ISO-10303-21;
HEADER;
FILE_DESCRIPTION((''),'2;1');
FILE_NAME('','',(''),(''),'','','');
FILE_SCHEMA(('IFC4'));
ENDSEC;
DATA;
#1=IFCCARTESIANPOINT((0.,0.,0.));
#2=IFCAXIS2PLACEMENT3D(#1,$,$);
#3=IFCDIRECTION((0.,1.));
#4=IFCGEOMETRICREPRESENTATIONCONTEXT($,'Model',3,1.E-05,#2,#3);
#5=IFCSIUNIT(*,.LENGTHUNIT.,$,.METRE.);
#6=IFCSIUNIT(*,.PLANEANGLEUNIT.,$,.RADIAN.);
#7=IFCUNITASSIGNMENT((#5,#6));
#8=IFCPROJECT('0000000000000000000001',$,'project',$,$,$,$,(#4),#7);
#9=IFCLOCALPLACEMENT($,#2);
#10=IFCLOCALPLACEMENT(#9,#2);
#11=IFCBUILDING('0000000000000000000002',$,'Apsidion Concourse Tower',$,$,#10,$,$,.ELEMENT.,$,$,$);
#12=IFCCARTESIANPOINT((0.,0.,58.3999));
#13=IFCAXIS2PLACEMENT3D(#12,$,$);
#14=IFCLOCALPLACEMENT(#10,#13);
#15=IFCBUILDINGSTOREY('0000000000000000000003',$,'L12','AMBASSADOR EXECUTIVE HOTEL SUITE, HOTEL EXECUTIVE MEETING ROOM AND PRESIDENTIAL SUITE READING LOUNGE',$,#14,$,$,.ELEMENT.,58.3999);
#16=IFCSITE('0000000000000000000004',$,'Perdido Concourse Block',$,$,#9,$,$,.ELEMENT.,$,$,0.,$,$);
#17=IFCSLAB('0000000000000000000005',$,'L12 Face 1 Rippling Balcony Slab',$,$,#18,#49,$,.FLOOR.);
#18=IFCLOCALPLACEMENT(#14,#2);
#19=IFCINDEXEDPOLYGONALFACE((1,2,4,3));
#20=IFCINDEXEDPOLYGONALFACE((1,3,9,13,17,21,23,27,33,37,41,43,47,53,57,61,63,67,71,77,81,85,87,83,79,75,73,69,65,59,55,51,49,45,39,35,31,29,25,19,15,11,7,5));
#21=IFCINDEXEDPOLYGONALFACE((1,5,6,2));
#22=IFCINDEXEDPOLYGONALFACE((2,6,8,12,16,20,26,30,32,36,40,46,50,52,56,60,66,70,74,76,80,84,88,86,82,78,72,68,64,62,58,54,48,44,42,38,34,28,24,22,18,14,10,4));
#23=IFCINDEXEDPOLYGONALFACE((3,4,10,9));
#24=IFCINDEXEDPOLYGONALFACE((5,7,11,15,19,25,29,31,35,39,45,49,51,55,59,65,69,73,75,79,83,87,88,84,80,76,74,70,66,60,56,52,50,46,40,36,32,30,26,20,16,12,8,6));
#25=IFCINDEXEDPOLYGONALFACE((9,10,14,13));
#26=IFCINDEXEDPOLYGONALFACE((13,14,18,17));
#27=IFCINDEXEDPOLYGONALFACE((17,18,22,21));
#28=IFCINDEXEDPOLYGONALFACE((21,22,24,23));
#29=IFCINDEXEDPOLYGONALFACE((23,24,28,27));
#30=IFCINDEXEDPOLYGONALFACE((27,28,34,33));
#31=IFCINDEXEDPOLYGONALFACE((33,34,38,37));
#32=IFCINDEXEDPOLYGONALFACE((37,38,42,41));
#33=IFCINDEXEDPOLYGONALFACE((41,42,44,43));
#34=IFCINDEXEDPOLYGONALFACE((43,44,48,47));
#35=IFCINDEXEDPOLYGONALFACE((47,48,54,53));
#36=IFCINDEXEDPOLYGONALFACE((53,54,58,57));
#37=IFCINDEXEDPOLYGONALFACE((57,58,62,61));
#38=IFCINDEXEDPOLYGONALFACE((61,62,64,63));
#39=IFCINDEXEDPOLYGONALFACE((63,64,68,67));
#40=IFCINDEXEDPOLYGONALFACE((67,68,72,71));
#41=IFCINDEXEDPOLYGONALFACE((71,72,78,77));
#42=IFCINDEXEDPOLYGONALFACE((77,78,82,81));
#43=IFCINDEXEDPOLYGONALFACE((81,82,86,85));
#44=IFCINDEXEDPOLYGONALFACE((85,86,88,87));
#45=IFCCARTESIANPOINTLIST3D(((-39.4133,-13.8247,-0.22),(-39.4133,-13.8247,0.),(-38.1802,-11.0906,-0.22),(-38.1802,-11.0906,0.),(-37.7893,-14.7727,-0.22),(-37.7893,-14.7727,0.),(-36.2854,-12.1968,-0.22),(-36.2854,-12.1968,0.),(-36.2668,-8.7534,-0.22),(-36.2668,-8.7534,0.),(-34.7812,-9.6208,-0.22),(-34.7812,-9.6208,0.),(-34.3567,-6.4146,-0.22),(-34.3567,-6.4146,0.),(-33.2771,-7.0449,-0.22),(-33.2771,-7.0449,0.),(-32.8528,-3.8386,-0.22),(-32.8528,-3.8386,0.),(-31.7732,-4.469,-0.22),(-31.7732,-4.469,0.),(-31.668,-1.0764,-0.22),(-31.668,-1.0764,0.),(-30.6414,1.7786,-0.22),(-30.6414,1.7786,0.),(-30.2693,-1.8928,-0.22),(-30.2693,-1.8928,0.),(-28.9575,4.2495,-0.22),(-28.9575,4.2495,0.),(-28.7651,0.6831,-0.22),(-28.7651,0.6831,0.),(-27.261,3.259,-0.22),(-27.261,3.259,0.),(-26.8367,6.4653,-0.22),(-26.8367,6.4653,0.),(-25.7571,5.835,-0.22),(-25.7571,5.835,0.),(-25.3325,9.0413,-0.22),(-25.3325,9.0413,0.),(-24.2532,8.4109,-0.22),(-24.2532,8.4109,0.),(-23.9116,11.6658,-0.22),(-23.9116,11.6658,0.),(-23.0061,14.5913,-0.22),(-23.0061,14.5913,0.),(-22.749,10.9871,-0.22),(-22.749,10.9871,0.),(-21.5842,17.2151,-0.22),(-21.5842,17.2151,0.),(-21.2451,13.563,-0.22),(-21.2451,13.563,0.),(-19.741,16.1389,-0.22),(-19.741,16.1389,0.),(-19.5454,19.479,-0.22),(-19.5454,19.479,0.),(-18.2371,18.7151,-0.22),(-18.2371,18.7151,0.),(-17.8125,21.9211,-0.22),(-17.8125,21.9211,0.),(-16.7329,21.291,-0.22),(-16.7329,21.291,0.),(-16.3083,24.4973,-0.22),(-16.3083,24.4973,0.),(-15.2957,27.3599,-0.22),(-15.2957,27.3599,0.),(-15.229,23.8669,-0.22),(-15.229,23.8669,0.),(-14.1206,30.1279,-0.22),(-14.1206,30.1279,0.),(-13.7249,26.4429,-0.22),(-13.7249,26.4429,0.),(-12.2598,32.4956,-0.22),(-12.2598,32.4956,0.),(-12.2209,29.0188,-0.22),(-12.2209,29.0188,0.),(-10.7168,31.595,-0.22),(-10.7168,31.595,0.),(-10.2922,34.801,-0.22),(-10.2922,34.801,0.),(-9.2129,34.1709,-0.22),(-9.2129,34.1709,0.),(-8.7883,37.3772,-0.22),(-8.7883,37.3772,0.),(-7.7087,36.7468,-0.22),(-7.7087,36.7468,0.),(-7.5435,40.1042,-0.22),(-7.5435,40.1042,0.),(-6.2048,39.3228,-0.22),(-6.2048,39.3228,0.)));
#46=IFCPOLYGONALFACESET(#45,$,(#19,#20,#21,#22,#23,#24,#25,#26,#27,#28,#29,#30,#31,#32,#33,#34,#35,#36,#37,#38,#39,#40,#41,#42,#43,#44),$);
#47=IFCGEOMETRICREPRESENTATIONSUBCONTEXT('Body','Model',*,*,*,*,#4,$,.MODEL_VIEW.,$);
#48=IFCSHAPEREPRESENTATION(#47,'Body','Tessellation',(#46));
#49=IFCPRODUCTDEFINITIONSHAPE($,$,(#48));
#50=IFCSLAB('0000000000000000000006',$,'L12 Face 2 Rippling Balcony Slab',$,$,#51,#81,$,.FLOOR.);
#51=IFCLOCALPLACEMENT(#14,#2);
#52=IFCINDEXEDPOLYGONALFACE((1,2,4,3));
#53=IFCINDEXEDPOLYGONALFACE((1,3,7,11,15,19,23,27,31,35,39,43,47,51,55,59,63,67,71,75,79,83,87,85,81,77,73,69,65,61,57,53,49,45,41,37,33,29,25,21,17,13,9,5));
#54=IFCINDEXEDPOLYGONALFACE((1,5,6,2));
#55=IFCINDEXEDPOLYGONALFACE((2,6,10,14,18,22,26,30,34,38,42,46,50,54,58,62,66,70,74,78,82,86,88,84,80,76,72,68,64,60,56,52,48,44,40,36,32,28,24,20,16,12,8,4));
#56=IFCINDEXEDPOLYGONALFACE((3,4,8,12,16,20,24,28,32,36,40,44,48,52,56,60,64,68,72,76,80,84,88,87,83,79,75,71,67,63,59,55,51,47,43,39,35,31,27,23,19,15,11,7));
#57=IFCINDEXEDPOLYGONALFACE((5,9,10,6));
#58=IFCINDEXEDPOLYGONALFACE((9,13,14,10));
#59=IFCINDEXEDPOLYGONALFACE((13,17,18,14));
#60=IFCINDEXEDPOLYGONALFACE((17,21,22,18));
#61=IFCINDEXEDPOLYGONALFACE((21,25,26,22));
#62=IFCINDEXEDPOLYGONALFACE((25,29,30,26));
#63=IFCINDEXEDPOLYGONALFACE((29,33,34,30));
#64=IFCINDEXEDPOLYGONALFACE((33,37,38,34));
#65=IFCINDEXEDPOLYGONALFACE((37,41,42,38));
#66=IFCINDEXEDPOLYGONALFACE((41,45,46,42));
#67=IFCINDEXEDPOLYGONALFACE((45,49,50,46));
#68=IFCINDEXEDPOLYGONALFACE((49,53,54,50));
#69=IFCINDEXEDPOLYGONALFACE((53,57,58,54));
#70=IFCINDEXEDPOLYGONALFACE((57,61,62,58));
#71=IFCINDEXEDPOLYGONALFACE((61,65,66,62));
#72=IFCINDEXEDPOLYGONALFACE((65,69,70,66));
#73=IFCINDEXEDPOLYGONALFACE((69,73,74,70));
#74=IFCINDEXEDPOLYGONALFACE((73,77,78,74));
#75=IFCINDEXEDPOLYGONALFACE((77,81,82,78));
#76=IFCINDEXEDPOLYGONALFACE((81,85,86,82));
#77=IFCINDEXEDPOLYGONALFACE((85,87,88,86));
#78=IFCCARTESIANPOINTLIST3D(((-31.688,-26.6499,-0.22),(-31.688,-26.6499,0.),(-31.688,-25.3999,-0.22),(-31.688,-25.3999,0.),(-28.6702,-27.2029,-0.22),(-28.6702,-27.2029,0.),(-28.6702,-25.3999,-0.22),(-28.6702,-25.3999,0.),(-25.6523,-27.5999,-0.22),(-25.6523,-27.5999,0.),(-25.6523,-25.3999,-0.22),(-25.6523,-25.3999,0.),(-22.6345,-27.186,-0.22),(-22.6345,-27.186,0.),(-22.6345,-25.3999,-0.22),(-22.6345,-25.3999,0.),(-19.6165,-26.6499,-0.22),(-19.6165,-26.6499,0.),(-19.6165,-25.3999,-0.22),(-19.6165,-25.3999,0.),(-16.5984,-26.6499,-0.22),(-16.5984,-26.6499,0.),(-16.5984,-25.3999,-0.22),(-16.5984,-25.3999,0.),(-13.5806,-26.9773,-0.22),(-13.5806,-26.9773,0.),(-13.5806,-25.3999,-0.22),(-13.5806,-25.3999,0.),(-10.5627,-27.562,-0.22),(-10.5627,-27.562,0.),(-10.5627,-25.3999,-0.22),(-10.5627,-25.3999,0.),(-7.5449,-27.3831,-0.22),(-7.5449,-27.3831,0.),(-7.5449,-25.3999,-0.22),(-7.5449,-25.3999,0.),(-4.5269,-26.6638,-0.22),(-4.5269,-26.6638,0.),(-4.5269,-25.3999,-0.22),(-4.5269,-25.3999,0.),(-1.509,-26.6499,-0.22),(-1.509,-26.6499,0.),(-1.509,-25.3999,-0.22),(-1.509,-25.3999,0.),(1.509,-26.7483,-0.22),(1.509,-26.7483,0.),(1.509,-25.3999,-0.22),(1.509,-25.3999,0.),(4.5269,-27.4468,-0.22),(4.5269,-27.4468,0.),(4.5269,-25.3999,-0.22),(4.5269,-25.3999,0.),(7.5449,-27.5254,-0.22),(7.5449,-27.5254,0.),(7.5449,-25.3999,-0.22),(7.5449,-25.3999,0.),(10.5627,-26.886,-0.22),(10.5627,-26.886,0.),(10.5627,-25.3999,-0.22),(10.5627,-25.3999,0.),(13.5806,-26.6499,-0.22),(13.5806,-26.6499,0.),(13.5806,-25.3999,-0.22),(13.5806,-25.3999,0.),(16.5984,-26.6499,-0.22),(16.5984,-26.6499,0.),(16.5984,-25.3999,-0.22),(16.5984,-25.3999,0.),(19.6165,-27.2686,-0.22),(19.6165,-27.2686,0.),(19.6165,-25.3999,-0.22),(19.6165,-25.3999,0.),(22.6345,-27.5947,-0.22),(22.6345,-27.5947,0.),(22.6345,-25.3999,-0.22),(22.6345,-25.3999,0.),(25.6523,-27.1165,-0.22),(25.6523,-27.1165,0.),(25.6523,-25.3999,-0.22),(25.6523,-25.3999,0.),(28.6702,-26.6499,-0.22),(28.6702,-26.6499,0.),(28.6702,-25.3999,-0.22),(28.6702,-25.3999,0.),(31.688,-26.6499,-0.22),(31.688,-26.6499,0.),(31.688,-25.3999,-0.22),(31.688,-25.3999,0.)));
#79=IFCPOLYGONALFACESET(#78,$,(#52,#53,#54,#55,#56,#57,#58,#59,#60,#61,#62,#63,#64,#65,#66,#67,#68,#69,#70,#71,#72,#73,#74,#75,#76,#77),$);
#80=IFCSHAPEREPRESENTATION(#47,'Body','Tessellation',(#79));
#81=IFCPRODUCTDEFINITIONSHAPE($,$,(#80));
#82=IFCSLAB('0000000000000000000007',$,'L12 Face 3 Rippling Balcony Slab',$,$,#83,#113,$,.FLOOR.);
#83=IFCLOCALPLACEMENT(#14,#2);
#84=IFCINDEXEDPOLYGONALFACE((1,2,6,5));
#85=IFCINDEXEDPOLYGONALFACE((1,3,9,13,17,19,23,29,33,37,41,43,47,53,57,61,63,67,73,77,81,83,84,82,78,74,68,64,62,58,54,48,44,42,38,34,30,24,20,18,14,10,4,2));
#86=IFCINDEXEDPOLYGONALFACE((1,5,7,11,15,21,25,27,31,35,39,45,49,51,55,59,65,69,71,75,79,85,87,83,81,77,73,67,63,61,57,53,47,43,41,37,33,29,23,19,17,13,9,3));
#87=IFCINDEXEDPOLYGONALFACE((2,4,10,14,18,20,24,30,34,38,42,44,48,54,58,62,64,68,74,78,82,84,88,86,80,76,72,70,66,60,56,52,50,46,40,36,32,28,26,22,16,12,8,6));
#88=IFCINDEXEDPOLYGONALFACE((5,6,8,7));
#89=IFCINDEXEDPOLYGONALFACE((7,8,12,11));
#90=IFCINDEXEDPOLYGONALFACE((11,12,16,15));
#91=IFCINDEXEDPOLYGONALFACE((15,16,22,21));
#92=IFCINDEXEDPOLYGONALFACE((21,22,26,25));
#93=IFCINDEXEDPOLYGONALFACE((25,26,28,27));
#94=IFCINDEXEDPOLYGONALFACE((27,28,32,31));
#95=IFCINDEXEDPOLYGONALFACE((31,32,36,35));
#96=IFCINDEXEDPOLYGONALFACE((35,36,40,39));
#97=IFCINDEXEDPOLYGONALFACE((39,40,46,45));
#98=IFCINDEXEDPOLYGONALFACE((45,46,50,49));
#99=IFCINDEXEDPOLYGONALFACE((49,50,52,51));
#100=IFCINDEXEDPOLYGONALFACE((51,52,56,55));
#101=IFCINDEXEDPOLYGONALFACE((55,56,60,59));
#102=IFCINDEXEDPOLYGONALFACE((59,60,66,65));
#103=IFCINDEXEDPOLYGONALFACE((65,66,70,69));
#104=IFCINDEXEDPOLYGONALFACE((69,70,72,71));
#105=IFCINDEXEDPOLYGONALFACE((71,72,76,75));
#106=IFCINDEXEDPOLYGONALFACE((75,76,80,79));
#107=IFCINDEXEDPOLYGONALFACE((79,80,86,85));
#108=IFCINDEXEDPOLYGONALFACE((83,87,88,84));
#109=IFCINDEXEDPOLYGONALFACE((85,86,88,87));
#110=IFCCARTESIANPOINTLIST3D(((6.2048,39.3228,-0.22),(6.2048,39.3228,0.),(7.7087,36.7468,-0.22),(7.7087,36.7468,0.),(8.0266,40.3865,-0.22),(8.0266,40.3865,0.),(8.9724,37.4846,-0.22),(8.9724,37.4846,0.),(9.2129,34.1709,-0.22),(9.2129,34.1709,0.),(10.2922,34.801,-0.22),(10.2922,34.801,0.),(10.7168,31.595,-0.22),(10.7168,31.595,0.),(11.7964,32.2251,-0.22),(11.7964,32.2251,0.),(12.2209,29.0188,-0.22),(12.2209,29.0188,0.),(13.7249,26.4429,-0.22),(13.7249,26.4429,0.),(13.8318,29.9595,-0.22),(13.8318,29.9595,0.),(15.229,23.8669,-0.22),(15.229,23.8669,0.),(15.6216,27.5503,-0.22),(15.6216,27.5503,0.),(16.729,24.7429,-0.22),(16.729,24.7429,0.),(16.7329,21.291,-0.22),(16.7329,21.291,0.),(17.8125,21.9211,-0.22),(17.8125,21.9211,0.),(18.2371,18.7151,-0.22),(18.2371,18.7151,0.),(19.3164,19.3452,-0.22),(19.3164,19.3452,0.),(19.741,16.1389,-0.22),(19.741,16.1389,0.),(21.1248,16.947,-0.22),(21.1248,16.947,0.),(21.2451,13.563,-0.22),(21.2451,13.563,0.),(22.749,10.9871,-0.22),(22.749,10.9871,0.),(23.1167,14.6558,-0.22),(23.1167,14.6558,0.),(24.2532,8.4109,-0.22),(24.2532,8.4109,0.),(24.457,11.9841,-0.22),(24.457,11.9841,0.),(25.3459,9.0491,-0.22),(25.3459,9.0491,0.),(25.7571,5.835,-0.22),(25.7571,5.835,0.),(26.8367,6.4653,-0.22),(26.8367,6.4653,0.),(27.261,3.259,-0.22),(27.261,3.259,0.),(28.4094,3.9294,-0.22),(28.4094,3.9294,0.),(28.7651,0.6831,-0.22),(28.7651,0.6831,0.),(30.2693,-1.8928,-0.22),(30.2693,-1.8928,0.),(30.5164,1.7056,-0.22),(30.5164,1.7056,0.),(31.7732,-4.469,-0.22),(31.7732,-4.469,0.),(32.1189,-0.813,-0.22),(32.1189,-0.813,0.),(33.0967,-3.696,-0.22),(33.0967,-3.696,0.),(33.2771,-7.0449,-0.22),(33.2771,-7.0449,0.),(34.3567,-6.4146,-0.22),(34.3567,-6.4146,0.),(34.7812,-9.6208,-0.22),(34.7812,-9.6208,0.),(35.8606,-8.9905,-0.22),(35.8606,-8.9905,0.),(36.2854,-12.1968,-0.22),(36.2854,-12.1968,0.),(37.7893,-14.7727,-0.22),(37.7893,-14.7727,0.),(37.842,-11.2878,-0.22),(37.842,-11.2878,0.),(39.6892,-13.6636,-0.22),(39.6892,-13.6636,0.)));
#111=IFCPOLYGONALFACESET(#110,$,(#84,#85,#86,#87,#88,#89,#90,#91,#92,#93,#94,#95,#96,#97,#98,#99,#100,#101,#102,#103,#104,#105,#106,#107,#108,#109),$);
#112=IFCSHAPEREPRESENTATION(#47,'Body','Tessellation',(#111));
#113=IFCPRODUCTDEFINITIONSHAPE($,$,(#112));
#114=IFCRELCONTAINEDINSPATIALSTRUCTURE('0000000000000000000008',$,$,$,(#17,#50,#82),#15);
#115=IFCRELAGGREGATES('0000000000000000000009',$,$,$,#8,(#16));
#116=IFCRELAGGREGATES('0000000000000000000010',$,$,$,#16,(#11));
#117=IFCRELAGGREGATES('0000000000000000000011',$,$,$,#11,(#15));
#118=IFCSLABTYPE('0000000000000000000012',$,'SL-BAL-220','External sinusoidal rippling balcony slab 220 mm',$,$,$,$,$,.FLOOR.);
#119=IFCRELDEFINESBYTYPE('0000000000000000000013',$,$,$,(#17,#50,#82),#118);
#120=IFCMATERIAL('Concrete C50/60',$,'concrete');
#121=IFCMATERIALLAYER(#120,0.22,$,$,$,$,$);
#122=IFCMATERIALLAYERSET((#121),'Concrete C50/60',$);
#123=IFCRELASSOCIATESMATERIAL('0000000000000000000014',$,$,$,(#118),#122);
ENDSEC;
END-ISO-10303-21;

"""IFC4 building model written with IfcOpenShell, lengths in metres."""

from ifc_helpers import new_model, si_unit, direction, frame, origin, place, context, subcontext, project, spatial, polyline, outline, extrude, material, layer, layer_set, type_object, element, save


model = new_model("IFC4")

# Units and contexts
model_context = context("Model", 3, precision=1e-05, world=origin(), true_north=direction((0.0, 1.0)))
body_context = subcontext(model_context, "Body", "Model", "MODEL_VIEW")
ifc_project = project(units=[si_unit("LENGTHUNIT", "METRE"), si_unit("PLANEANGLEUNIT", "RADIAN")], contexts=[model_context])

# Site, building, storey
site_placement = place(None, origin())
site = spatial("IfcSite", under=ifc_project, at=site_placement, Name="Perdido Concourse Block", CompositionType="ELEMENT", RefElevation=0.0)
building_placement = place(site_placement, origin())
building = spatial("IfcBuilding", under=site, at=building_placement, Name="Apsidion Concourse Tower", CompositionType="ELEMENT")
storey_placement = place(building_placement, frame((0.0, 0.0, 58.3999)))
storey = spatial("IfcBuildingStorey", under=building, at=storey_placement, Name="L12", Description="AMBASSADOR EXECUTIVE HOTEL SUITE, HOTEL EXECUTIVE MEETING ROOM AND PRESIDENTIAL SUITE READING LOUNGE", CompositionType="ELEMENT", Elevation=58.3999)

# Slabs
ifc_material_1 = material(Name="Concrete C50/60", Category="concrete")
ifc_layer_1 = layer(ifc_material_1, 0.22)
ifc_layer_set_1 = layer_set([ifc_layer_1], Name="Concrete C50/60")
slab_type_1 = type_object("IfcSlabType", Name="SL-BAL-220", Description="External sinusoidal rippling balcony slab 220 mm", PredefinedType="FLOOR", material=ifc_layer_set_1)
slab_1_placement = place(storey_placement, frame((0.0, 0.0, -0.22)))
element("IfcSlab", 1, at=slab_1_placement, inside=storey, type_object=slab_type_1, Name="L12 Face 1 Rippling Balcony Slab", PredefinedType="FLOOR", context=body_context, shape_type="SweptSolid", body=[
    extrude(outline(polyline([(-6.2048, 39.3228), (-7.7087, 36.7468), (-9.2129, 34.1709), (-10.7168, 31.595), (-12.2209, 29.0188), (-13.7249, 26.4429), (-15.229, 23.8669), (-16.7329, 21.291), (-18.2371, 18.7151), (-19.741, 16.1389), (-21.2451, 13.563), (-22.749, 10.9871), (-24.2532, 8.4109), (-25.7571, 5.835), (-27.261, 3.259), (-28.7651, 0.6831), (-30.2693, -1.8928), (-31.7732, -4.469), (-33.2771, -7.0449), (-34.7812, -9.6208), (-36.2854, -12.1968), (-37.7893, -14.7727), (-39.4133, -13.8247), (-38.1802, -11.0906), (-36.2668, -8.7534), (-34.3567, -6.4146), (-32.8528, -3.8386), (-31.668, -1.0764), (-30.6414, 1.7786), (-28.9575, 4.2495), (-26.8367, 6.4653), (-25.3325, 9.0413), (-23.9116, 11.6658), (-23.0061, 14.5913), (-21.5842, 17.2151), (-19.5454, 19.479), (-17.8125, 21.9211), (-16.3083, 24.4973), (-15.2957, 27.3599), (-14.1206, 30.1279), (-12.2598, 32.4956), (-10.2922, 34.801), (-8.7883, 37.3772), (-7.5435, 40.1042), (-6.2048, 39.3228)])), origin(), (0.0, 0.0, 1.0), 0.22),
])
slab_2_placement = place(storey_placement, frame((0.0, 0.0, -0.22)))
element("IfcSlab", 2, at=slab_2_placement, inside=storey, type_object=slab_type_1, Name="L12 Face 2 Rippling Balcony Slab", PredefinedType="FLOOR", context=body_context, shape_type="SweptSolid", body=[
    extrude(outline(polyline([(-31.688, -25.3999), (-28.6702, -25.3999), (-25.6523, -25.3999), (-22.6345, -25.3999), (-19.6165, -25.3999), (-16.5984, -25.3999), (-13.5806, -25.3999), (-10.5627, -25.3999), (-7.5449, -25.3999), (-4.5269, -25.3999), (-1.509, -25.3999), (1.509, -25.3999), (4.5269, -25.3999), (7.5449, -25.3999), (10.5627, -25.3999), (13.5806, -25.3999), (16.5984, -25.3999), (19.6165, -25.3999), (22.6345, -25.3999), (25.6523, -25.3999), (28.6702, -25.3999), (31.688, -25.3999), (31.688, -26.6499), (28.6702, -26.6499), (25.6523, -27.1165), (22.6345, -27.5947), (19.6165, -27.2686), (16.5984, -26.6499), (13.5806, -26.6499), (10.5627, -26.886), (7.5449, -27.5254), (4.5269, -27.4468), (1.509, -26.7483), (-1.509, -26.6499), (-4.5269, -26.6638), (-7.5449, -27.3831), (-10.5627, -27.562), (-13.5806, -26.9773), (-16.5984, -26.6499), (-19.6165, -26.6499), (-22.6345, -27.186), (-25.6523, -27.5999), (-28.6702, -27.2029), (-31.688, -26.6499), (-31.688, -25.3999)])), origin(), (0.0, 0.0, 1.0), 0.22),
])
slab_3_placement = place(storey_placement, frame((0.0, 0.0, -0.22)))
element("IfcSlab", 3, at=slab_3_placement, inside=storey, type_object=slab_type_1, Name="L12 Face 3 Rippling Balcony Slab", PredefinedType="FLOOR", context=body_context, shape_type="SweptSolid", body=[
    extrude(outline(polyline([(37.7893, -14.7727), (36.2854, -12.1968), (34.7812, -9.6208), (33.2771, -7.0449), (31.7732, -4.469), (30.2693, -1.8928), (28.7651, 0.6831), (27.261, 3.259), (25.7571, 5.835), (24.2532, 8.4109), (22.749, 10.9871), (21.2451, 13.563), (19.741, 16.1389), (18.2371, 18.7151), (16.7329, 21.291), (15.229, 23.8669), (13.7249, 26.4429), (12.2209, 29.0188), (10.7168, 31.595), (9.2129, 34.1709), (7.7087, 36.7468), (6.2048, 39.3228), (8.0266, 40.3865), (8.9724, 37.4846), (10.2922, 34.801), (11.7964, 32.2251), (13.8318, 29.9595), (15.6216, 27.5503), (16.729, 24.7429), (17.8125, 21.9211), (19.3164, 19.3452), (21.1248, 16.947), (23.1167, 14.6558), (24.457, 11.9841), (25.3459, 9.0491), (26.8367, 6.4653), (28.4094, 3.9294), (30.5164, 1.7056), (32.1189, -0.813), (33.0967, -3.696), (34.3567, -6.4146), (35.8606, -8.9905), (37.842, -11.2878), (39.6892, -13.6636), (37.7893, -14.7727)])), origin(), (0.0, 0.0, 1.0), 0.22),
])

save(model, "model.ifc")
